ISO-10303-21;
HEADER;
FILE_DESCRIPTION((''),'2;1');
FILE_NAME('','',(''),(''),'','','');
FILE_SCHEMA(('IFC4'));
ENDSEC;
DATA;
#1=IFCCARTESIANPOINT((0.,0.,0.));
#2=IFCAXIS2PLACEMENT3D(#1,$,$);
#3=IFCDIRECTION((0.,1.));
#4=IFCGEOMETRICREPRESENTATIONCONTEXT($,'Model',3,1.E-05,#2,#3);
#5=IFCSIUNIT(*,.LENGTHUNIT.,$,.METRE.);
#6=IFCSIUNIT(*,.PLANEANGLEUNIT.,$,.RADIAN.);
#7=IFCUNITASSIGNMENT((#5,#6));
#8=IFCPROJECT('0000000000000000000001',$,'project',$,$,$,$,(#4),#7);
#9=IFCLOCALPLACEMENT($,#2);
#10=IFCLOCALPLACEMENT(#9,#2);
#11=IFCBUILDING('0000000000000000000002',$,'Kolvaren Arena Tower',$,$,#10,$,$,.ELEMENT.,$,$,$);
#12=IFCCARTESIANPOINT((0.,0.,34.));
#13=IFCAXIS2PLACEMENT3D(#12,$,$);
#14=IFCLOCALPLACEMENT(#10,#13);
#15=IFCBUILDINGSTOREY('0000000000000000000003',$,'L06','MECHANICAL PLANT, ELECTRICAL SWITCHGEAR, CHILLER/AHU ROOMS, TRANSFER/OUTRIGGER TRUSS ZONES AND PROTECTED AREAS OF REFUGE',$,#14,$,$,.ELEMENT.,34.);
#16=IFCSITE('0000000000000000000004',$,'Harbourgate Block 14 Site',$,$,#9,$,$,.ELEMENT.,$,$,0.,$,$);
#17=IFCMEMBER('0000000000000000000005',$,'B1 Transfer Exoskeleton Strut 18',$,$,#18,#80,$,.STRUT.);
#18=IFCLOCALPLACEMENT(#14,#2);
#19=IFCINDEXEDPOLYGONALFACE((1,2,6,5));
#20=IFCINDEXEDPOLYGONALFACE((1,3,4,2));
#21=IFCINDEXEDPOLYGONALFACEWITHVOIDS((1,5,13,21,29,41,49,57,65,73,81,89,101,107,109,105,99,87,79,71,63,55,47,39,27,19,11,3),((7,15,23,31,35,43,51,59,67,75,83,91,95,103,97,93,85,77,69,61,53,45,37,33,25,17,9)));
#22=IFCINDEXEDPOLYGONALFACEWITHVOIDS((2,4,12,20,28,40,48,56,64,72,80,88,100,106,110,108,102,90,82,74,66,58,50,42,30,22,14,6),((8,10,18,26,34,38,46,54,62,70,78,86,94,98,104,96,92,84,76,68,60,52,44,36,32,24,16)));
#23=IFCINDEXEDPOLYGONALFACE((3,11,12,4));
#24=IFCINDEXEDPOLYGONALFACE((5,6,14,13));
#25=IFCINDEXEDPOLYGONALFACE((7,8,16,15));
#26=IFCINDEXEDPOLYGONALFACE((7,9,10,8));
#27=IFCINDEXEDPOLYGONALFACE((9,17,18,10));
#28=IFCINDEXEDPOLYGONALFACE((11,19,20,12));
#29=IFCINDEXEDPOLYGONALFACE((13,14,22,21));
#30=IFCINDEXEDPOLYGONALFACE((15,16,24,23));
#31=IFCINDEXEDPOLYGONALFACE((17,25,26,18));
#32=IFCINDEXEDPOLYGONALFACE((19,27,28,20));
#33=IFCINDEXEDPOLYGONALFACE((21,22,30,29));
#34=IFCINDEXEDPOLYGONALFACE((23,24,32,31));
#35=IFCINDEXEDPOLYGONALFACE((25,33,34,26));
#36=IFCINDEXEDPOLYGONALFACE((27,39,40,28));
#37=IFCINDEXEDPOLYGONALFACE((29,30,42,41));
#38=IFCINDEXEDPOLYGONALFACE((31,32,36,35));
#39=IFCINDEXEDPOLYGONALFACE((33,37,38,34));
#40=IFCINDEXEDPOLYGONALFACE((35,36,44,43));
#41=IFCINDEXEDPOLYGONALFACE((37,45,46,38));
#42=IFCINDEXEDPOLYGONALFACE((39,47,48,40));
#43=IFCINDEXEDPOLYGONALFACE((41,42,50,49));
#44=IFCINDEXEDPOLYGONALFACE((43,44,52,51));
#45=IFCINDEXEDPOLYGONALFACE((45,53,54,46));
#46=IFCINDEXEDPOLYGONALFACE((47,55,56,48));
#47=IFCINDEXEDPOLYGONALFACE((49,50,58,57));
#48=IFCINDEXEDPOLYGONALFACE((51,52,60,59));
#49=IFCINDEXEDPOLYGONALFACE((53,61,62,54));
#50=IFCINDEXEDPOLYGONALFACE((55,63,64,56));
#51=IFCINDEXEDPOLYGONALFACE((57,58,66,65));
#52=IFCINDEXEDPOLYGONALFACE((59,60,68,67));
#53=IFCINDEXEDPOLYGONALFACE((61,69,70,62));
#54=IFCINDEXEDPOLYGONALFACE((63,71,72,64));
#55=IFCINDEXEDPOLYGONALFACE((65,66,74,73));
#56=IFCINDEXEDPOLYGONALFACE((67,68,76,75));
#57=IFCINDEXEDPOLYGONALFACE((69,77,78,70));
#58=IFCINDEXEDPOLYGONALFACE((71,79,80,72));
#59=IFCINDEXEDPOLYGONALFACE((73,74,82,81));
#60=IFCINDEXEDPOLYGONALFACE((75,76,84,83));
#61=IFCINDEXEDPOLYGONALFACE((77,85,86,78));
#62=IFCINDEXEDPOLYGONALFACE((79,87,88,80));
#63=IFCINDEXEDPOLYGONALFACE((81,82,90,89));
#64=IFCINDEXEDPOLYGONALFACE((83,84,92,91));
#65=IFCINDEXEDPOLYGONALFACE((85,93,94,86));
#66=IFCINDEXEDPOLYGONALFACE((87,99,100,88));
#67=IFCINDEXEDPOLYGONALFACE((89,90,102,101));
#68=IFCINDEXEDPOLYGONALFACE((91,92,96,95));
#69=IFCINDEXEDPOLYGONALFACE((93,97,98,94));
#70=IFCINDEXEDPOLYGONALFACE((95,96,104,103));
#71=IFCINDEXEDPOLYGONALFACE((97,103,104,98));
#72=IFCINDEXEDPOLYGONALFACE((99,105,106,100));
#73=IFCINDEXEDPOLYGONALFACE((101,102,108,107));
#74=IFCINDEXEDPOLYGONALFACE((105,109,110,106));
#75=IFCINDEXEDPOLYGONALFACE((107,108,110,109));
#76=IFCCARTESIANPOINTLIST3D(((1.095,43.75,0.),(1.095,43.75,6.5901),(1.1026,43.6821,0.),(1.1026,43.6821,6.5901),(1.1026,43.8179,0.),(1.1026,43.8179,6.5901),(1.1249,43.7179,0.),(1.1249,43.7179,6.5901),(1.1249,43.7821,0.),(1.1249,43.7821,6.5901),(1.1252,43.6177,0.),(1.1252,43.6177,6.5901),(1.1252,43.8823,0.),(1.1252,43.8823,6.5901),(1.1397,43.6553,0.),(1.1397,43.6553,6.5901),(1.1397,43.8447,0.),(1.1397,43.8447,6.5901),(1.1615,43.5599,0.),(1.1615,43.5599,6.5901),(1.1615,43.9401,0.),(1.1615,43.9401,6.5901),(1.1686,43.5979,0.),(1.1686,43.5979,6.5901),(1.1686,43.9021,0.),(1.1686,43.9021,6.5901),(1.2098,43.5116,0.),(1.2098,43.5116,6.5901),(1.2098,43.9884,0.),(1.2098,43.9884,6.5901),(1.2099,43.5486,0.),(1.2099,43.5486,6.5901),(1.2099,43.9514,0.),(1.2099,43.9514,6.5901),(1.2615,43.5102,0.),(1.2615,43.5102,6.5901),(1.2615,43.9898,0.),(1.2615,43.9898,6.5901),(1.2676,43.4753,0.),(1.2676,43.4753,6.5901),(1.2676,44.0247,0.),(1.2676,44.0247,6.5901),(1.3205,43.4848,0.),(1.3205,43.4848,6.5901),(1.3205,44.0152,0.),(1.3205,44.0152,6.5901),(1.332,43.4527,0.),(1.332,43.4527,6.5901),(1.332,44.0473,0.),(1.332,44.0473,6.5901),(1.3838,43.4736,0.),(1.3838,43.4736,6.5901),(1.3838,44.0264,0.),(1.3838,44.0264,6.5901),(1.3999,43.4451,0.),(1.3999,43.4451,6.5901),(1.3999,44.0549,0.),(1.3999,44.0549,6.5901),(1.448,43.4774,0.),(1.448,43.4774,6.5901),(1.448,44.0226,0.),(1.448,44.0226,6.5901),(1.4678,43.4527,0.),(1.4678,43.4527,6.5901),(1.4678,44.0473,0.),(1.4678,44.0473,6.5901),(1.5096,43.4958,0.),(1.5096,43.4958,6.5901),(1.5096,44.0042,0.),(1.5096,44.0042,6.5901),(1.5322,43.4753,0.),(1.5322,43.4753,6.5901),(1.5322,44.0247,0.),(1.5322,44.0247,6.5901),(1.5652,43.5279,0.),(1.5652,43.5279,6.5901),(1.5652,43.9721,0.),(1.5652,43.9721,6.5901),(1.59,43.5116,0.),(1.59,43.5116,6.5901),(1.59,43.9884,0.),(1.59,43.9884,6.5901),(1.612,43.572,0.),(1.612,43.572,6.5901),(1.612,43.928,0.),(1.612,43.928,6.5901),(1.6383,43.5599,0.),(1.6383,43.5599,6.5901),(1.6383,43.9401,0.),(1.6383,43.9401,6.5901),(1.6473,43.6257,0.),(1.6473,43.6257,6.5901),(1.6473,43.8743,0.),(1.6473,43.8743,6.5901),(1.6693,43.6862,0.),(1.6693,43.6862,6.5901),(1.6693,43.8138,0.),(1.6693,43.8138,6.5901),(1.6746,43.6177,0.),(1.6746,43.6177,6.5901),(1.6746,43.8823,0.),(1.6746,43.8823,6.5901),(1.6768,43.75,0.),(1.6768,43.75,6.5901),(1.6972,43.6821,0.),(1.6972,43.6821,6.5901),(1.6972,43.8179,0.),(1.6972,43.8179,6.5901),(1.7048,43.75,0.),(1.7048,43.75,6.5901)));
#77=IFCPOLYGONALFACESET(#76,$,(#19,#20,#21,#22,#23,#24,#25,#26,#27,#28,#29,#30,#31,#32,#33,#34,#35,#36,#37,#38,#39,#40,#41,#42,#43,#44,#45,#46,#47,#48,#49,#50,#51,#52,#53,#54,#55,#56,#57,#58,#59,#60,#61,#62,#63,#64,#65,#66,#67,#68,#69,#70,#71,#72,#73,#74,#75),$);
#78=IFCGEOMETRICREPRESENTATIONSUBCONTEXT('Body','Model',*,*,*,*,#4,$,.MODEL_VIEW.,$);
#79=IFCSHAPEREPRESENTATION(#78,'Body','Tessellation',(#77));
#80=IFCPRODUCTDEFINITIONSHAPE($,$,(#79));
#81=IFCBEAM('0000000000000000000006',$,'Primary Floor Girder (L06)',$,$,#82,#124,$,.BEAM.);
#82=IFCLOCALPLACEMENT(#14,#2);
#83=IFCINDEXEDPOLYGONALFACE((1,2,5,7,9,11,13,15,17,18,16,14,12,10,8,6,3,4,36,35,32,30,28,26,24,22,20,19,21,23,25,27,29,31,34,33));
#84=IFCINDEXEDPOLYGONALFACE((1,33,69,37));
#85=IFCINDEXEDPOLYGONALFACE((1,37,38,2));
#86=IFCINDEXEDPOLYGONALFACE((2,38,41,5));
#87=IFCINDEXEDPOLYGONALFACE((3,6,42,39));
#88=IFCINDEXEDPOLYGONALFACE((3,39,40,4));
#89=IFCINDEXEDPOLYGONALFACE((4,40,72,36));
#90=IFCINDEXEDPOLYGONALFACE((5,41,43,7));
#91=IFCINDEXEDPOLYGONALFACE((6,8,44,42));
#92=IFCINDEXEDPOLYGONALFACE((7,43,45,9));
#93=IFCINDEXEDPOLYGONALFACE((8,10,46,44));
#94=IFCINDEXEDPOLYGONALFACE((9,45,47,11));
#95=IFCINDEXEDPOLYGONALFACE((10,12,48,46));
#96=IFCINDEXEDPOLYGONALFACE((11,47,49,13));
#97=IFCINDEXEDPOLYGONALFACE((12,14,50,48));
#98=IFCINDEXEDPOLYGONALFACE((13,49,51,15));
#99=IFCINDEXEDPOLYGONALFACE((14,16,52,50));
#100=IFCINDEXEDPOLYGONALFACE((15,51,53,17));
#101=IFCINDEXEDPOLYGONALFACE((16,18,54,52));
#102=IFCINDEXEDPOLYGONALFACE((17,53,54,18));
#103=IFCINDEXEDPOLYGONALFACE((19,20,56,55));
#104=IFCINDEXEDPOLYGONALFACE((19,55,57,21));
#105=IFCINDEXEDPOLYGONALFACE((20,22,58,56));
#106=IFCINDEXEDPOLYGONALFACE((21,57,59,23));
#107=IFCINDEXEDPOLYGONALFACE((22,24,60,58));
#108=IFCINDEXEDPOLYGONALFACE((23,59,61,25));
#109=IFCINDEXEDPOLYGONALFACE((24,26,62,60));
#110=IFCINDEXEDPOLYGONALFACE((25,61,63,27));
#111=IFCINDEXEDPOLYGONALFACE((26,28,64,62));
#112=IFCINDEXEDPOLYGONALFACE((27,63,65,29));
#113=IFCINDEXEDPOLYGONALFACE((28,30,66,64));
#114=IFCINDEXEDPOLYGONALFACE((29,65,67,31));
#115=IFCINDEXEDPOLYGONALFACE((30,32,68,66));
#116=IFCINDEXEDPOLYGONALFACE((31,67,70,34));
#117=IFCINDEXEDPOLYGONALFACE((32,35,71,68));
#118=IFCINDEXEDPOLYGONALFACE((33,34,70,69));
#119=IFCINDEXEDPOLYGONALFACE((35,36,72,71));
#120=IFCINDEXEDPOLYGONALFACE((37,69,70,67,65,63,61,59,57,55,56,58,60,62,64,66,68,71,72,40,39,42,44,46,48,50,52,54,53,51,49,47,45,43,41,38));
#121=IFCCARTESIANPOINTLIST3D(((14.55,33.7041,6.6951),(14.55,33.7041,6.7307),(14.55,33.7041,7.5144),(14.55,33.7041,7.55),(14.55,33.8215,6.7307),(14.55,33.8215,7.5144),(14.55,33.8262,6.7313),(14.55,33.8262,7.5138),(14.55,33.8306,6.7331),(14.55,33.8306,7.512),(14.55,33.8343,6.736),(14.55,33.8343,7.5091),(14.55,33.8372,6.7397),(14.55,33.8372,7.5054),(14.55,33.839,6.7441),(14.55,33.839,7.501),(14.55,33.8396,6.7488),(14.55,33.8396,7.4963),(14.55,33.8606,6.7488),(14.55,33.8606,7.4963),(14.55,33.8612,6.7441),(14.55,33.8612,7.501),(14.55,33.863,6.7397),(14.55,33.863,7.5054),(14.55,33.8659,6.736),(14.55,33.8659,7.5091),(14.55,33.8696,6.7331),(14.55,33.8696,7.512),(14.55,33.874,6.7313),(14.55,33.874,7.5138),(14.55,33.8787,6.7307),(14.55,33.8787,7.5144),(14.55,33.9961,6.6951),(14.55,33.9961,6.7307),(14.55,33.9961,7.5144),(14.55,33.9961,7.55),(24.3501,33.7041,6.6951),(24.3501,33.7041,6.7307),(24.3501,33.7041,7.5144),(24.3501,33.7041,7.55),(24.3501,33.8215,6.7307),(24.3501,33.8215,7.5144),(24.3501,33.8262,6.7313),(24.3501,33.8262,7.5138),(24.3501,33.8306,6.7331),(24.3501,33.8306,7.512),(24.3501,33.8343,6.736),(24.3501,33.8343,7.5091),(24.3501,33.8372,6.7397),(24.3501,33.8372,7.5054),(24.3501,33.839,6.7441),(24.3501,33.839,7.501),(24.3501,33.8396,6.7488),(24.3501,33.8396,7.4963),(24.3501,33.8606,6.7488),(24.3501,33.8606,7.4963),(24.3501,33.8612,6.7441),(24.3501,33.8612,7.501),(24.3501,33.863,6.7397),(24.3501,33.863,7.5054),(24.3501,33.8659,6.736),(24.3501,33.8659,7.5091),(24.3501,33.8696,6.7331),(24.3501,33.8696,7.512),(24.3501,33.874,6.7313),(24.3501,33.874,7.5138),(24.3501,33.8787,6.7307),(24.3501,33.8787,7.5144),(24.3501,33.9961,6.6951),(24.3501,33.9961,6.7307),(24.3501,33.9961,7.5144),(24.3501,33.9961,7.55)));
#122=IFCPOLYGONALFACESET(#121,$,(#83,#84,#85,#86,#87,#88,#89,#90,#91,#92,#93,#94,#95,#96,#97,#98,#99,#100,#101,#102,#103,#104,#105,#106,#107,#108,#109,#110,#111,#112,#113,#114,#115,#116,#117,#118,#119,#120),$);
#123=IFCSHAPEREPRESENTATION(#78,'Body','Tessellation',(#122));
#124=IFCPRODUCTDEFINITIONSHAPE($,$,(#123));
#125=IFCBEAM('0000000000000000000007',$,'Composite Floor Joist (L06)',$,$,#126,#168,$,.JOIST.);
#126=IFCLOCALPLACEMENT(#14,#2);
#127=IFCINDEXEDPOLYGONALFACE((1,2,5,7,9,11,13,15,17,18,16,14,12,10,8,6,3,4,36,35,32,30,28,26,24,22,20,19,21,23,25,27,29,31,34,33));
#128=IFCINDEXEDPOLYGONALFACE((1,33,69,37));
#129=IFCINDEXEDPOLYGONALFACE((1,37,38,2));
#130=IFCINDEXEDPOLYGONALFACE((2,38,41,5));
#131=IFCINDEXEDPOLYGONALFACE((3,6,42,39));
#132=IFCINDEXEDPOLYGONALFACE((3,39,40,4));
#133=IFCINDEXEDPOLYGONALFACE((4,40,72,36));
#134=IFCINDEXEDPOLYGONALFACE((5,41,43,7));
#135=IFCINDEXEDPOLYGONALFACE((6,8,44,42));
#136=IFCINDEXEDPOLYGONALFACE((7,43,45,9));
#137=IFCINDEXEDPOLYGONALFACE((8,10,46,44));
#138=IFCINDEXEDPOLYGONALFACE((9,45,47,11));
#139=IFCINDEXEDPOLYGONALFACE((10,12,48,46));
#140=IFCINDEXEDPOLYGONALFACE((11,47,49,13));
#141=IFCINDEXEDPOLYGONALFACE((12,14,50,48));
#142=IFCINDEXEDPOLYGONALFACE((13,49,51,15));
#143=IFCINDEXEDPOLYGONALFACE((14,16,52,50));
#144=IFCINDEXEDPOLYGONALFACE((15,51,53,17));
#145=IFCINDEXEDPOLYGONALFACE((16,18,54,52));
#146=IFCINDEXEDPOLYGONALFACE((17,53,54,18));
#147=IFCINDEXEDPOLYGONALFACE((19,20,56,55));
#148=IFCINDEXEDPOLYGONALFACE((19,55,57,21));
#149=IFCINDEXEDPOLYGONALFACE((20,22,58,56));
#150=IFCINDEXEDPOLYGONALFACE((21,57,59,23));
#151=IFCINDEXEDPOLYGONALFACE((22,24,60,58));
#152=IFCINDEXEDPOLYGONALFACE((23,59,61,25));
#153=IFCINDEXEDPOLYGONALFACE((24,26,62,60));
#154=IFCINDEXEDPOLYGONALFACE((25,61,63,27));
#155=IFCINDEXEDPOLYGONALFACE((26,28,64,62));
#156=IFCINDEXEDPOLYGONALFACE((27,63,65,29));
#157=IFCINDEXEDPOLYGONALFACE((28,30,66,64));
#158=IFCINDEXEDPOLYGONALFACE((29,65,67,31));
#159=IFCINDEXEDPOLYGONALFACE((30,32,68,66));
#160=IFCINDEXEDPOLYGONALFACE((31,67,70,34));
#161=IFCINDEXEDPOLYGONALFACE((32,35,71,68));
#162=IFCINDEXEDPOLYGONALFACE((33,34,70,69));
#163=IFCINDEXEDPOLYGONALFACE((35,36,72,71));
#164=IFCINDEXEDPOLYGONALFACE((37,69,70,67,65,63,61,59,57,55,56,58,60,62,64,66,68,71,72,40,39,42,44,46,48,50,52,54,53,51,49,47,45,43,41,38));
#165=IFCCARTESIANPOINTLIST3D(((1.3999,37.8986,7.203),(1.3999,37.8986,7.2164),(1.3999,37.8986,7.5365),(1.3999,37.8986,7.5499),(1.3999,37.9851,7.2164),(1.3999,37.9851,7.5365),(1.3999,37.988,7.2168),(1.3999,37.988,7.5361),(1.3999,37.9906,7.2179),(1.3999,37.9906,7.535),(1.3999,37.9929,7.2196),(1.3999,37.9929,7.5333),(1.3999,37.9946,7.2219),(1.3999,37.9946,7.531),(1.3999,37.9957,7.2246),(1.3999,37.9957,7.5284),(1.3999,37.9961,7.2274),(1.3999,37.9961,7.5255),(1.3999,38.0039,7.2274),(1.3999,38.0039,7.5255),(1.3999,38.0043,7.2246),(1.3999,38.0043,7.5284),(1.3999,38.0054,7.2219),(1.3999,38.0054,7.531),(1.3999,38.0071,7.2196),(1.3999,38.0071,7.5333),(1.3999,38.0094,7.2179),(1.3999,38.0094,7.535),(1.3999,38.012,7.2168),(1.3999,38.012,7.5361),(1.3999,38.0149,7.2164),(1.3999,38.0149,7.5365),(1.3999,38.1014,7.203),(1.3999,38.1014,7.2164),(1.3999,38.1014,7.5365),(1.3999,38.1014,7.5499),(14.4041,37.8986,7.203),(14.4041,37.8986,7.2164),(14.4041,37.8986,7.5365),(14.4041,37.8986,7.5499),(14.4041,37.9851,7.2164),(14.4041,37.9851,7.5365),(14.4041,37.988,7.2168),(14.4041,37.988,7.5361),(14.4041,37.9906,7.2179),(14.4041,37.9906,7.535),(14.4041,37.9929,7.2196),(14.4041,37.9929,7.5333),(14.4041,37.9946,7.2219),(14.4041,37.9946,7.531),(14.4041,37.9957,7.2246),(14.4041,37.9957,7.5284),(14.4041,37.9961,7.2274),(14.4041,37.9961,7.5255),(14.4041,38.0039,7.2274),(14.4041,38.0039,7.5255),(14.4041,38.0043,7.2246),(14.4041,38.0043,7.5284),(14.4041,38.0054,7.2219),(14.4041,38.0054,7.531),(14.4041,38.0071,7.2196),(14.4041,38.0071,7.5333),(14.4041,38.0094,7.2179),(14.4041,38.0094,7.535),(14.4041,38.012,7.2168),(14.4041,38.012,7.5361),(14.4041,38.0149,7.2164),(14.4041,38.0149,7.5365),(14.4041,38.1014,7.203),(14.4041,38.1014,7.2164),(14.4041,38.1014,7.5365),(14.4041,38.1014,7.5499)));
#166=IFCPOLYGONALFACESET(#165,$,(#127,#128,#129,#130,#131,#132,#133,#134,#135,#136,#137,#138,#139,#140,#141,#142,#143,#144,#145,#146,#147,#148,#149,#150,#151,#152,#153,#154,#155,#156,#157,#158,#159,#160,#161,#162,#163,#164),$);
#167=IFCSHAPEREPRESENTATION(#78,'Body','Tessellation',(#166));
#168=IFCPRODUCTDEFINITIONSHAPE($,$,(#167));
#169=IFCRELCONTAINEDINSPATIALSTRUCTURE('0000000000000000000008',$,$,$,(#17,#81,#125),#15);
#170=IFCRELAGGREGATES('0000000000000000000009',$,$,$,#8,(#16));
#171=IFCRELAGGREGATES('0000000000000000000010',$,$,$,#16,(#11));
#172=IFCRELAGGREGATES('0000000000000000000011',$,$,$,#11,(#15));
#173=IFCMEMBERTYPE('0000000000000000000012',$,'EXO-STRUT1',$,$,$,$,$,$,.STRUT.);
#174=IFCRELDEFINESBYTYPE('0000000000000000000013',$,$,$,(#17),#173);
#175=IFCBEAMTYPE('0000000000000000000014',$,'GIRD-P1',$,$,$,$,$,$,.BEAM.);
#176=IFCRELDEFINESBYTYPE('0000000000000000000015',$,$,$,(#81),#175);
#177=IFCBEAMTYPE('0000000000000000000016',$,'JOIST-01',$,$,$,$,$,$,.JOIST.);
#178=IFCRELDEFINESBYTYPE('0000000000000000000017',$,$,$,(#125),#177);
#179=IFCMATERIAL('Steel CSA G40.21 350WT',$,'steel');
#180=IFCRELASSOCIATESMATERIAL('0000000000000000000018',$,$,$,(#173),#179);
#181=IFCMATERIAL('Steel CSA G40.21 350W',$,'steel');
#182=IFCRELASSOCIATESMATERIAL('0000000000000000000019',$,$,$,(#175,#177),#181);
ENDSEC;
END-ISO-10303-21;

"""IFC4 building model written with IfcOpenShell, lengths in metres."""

from ifc_helpers import new_model, si_unit, direction, frame, origin, origin_2d, place, context, subcontext, project, spatial, hollow_circle, i_section, extrude, material, material_profile, profile_set, type_object, element, save


model = new_model("IFC4")

# Units and contexts
model_context = context("Model", 3, precision=1e-05, world=origin(), true_north=direction((0.0, 1.0)))
body_context = subcontext(model_context, "Body", "Model", "MODEL_VIEW")
ifc_project = project(units=[si_unit("LENGTHUNIT", "METRE"), si_unit("PLANEANGLEUNIT", "RADIAN")], contexts=[model_context])

# Site, building, storey
site_placement = place(None, origin())
site = spatial("IfcSite", under=ifc_project, at=site_placement, Name="Harbourgate Block 14 Site", CompositionType="ELEMENT", RefElevation=0.0)
building_placement = place(site_placement, origin())
building = spatial("IfcBuilding", under=site, at=building_placement, Name="Kolvaren Arena Tower", CompositionType="ELEMENT")
storey_placement = place(building_placement, frame((0.0, 0.0, 34.0)))
storey = spatial("IfcBuildingStorey", under=building, at=storey_placement, Name="L06", Description="MECHANICAL PLANT, ELECTRICAL SWITCHGEAR, CHILLER/AHU ROOMS, TRANSFER/OUTRIGGER TRUSS ZONES AND PROTECTED AREAS OF REFUGE", CompositionType="ELEMENT", Elevation=34.0)

# Shared definitions
ifc_material_1 = material(Name="Steel CSA G40.21 350W", Category="steel")

# Member
ifc_material_2 = material(Name="Steel CSA G40.21 350WT", Category="steel")
ifc_material_profile_1 = material_profile(ifc_material_2, hollow_circle(Radius=0.3049, WallThickness=0.0281, at=origin_2d()), Name="CHS 610x28")
ifc_profile_set_1 = profile_set([ifc_material_profile_1], Name="Steel CSA G40.21 350WT")
member_type = type_object("IfcMemberType", Name="EXO-STRUT1", PredefinedType="STRUT", material=ifc_profile_set_1)
for number, where, z_axis, x_axis, name in (
    (1, (1.3999, 43.75, 0.0), (0.0, 0.0, 1.0), (1.0, 0.0, 0.0), "B1 Transfer Exoskeleton Strut 18"),
):
    element("IfcMember", number, at=place(storey_placement, frame(where, z_axis=z_axis, x_axis=x_axis)), inside=storey, type_object=member_type, Name=name, PredefinedType="STRUT", context=body_context, shape_type="SweptSolid", body=[
        extrude(hollow_circle(Radius=0.3049, WallThickness=0.0281, at=origin_2d()), origin(), (0.0, 0.0, 1.0), 6.5901),
    ])

# Beams
ifc_material_profile_2 = material_profile(ifc_material_1, i_section(OverallWidth=0.292, OverallDepth=0.855, WebThickness=0.021, FlangeThickness=0.0356, FilletRadius=0.0181, at=origin_2d()), Name="W840x299")
ifc_profile_set_2 = profile_set([ifc_material_profile_2], Name="Steel CSA G40.21 350W")
beam_type_1 = type_object("IfcBeamType", Name="GIRD-P1", PredefinedType="BEAM", material=ifc_profile_set_2)
beam_1_placement = place(storey_placement, frame((14.55, 33.8501, 7.1226), z_axis=(1.0, 0.0, 0.0), x_axis=(0.0, 1.0, 0.0)))
element("IfcBeam", 2, at=beam_1_placement, inside=storey, type_object=beam_type_1, Name="Primary Floor Girder (L06)", PredefinedType="BEAM", context=body_context, shape_type="SweptSolid", body=[
    extrude(i_section(OverallWidth=0.292, OverallDepth=0.855, WebThickness=0.021, FlangeThickness=0.0356, FilletRadius=0.0181, at=origin_2d()), origin(), (0.0, 0.0, 1.0), 9.8),
])
ifc_material_profile_3 = material_profile(ifc_material_1, i_section(OverallWidth=0.2029, OverallDepth=0.3469, WebThickness=0.0078, FlangeThickness=0.0134, FilletRadius=0.011, at=origin_2d()), Name="W360x64")
ifc_profile_set_3 = profile_set([ifc_material_profile_3], Name="Steel CSA G40.21 350W")
beam_type_2 = type_object("IfcBeamType", Name="JOIST-01", PredefinedType="JOIST", material=ifc_profile_set_3)
for number, where, z_axis, x_axis, name in (
    (3, (1.3999, 38.0, 7.3765), (1.0, 0.0, 0.0), (0.0, 1.0, 0.0), "Composite Floor Joist (L06)"),
):
    element("IfcBeam", number, at=place(storey_placement, frame(where, z_axis=z_axis, x_axis=x_axis)), inside=storey, type_object=beam_type_2, Name=name, PredefinedType="JOIST", context=body_context, shape_type="SweptSolid", body=[
        extrude(i_section(OverallWidth=0.2029, OverallDepth=0.3469, WebThickness=0.0078, FlangeThickness=0.0134, FilletRadius=0.011, at=origin_2d()), origin(), (0.0, 0.0, 1.0), 13.0042),
    ])

save(model, "model.ifc")
